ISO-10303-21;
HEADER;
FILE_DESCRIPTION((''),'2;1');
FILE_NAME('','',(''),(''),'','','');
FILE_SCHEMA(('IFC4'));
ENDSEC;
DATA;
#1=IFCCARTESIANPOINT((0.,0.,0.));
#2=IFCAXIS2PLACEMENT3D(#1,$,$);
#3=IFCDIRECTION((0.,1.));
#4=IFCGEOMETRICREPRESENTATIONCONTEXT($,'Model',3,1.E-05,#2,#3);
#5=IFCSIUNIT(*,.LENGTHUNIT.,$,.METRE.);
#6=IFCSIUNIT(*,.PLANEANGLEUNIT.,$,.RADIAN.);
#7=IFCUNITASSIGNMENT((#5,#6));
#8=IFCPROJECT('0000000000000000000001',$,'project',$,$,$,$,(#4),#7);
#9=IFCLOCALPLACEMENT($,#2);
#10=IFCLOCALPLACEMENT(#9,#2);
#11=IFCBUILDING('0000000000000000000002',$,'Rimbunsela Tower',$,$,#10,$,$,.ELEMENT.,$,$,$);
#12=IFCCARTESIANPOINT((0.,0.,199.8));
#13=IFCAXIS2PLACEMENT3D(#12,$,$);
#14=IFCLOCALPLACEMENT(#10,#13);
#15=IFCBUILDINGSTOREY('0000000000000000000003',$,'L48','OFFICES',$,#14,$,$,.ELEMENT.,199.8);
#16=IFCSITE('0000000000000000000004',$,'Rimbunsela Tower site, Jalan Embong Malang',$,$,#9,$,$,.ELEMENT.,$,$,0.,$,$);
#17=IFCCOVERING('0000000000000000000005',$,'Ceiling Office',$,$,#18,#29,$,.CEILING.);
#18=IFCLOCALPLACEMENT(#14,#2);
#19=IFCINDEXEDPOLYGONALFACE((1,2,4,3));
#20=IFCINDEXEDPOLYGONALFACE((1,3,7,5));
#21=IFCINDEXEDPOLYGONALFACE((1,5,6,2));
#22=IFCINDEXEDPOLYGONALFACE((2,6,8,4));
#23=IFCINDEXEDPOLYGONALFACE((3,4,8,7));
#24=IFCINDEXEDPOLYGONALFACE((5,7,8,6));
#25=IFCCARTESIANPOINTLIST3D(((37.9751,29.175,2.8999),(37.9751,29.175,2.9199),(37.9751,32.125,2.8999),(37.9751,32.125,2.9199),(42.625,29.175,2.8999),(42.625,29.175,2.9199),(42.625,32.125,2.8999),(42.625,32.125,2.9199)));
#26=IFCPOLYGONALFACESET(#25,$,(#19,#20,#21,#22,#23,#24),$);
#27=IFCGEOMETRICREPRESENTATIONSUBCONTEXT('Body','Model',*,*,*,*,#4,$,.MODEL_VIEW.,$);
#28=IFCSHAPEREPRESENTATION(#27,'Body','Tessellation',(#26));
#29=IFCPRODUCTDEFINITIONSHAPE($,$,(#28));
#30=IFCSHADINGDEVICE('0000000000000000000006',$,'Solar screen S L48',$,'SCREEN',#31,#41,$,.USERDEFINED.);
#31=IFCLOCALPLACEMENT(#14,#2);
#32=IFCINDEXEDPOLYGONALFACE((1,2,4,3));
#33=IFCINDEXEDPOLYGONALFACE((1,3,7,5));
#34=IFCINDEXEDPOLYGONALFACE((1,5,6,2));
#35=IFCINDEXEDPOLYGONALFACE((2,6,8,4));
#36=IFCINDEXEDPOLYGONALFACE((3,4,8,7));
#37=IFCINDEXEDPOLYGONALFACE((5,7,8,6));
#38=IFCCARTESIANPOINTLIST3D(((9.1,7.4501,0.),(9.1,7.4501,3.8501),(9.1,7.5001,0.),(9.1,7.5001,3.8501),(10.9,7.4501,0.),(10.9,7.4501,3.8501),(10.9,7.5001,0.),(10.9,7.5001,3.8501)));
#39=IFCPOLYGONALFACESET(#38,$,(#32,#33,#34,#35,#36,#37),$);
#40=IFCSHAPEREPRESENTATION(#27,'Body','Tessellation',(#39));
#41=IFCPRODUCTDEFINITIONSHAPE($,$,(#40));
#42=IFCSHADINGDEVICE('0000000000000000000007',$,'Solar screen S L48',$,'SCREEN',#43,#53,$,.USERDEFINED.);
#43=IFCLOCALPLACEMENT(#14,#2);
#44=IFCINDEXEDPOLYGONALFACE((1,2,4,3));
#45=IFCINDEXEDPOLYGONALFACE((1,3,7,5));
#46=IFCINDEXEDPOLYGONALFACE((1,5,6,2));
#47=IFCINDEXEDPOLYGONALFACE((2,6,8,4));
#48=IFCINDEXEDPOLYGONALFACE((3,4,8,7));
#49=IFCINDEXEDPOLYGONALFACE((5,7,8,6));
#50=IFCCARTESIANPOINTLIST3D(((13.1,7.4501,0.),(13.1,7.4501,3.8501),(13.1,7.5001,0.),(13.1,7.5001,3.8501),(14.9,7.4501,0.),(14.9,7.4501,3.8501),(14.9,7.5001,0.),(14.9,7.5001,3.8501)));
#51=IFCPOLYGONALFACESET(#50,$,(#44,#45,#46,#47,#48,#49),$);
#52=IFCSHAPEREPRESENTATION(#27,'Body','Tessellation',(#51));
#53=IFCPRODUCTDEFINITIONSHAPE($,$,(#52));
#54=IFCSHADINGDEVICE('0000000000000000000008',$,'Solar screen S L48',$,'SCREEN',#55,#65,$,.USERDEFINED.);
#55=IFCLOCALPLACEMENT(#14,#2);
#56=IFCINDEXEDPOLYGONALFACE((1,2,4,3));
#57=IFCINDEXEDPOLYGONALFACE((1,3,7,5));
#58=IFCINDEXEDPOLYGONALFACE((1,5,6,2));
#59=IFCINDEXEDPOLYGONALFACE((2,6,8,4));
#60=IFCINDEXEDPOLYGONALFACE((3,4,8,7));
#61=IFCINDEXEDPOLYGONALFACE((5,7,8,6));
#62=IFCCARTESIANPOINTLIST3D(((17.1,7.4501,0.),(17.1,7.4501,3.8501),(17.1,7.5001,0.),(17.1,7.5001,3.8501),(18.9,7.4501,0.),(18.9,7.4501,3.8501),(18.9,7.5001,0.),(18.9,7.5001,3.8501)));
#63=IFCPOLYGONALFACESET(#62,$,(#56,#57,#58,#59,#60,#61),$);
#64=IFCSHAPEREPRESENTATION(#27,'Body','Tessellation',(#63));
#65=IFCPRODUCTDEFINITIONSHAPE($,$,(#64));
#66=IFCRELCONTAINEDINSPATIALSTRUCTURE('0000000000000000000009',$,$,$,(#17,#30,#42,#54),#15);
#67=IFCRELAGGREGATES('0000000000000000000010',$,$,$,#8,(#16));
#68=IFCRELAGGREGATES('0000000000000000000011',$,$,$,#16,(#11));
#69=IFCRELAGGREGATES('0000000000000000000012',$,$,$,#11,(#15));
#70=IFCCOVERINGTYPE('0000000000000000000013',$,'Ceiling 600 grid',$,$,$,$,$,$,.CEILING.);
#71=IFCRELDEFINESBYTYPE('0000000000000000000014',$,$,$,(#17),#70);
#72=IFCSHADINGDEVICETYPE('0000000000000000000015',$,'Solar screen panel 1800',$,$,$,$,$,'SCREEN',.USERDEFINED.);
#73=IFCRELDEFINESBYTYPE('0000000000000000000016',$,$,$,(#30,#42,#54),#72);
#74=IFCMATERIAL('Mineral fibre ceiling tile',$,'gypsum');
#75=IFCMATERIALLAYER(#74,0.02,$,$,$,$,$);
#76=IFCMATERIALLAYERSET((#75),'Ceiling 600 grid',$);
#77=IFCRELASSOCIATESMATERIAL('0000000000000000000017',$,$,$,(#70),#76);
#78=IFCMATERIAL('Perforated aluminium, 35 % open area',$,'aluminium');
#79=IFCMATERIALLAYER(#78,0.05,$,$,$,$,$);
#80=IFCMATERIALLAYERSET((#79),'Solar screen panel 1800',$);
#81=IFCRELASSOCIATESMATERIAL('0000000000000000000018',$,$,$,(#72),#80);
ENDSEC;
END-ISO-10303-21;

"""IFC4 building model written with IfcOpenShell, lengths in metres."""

from ifc_helpers import new_model, si_unit, direction, frame, origin, origin_2d, place, context, subcontext, project, spatial, polyline, rectangle, outline, extrude, material, layer, layer_set, type_object, element, save


model = new_model("IFC4")

# Units and contexts
model_context = context("Model", 3, precision=1e-05, world=origin(), true_north=direction((0.0, 1.0)))
body_context = subcontext(model_context, "Body", "Model", "MODEL_VIEW")
ifc_project = project(units=[si_unit("LENGTHUNIT", "METRE"), si_unit("PLANEANGLEUNIT", "RADIAN")], contexts=[model_context])

# Site, building, storey
site_placement = place(None, origin())
site = spatial("IfcSite", under=ifc_project, at=site_placement, Name="Rimbunsela Tower site, Jalan Embong Malang", CompositionType="ELEMENT", RefElevation=0.0)
building_placement = place(site_placement, origin())
building = spatial("IfcBuilding", under=site, at=building_placement, Name="Rimbunsela Tower", CompositionType="ELEMENT")
storey_placement = place(building_placement, frame((0.0, 0.0, 199.8)))
storey = spatial("IfcBuildingStorey", under=building, at=storey_placement, Name="L48", Description="OFFICES", CompositionType="ELEMENT", Elevation=199.8)

# Covering
ifc_material_1 = material(Name="Mineral fibre ceiling tile", Category="gypsum")
ifc_layer_1 = layer(ifc_material_1, 0.02)
ifc_layer_set_1 = layer_set([ifc_layer_1], Name="Ceiling 600 grid")
covering_type_1 = type_object("IfcCoveringType", Name="Ceiling 600 grid", PredefinedType="CEILING", material=ifc_layer_set_1)
covering_1_placement = place(storey_placement, frame((0.0, 0.0, 2.8999)))
element("IfcCovering", 1, at=covering_1_placement, inside=storey, type_object=covering_type_1, Name="Ceiling Office", PredefinedType="CEILING", context=body_context, shape_type="SweptSolid", body=[
    extrude(outline(polyline([(42.625, 29.175), (42.625, 32.125), (37.9751, 32.125), (37.9751, 29.175), (42.625, 29.175)])), origin(), (0.0, 0.0, 1.0), 0.02),
])

# Shading devices
ifc_material_2 = material(Name="Perforated aluminium, 35 % open area", Category="aluminium")
ifc_layer_2 = layer(ifc_material_2, 0.05)
ifc_layer_set_2 = layer_set([ifc_layer_2], Name="Solar screen panel 1800")
shading_device_type = type_object("IfcShadingDeviceType", Name="Solar screen panel 1800", ElementType="SCREEN", PredefinedType="USERDEFINED", material=ifc_layer_set_2)
for number, where, z_axis, x_axis, name in (
    (2, (10.0, 7.4751, 0.0), (0.0, 0.0, 1.0), (1.0, 0.0, 0.0), "Solar screen S L48"),
    (3, (14.0, 7.4751, 0.0), (0.0, 0.0, 1.0), (1.0, 0.0, 0.0), "Solar screen S L48"),
    (4, (18.0, 7.4751, 0.0), (0.0, 0.0, 1.0), (1.0, 0.0, 0.0), "Solar screen S L48"),
):
    element("IfcShadingDevice", number, at=place(storey_placement, frame(where, z_axis=z_axis, x_axis=x_axis)), inside=storey, type_object=shading_device_type, Name=name, ObjectType="SCREEN", PredefinedType="USERDEFINED", context=body_context, shape_type="SweptSolid", body=[
        extrude(rectangle(XDim=1.8, YDim=0.05, at=origin_2d()), origin(), (0.0, 0.0, 1.0), 3.8501),
    ])

save(model, "model.ifc")
